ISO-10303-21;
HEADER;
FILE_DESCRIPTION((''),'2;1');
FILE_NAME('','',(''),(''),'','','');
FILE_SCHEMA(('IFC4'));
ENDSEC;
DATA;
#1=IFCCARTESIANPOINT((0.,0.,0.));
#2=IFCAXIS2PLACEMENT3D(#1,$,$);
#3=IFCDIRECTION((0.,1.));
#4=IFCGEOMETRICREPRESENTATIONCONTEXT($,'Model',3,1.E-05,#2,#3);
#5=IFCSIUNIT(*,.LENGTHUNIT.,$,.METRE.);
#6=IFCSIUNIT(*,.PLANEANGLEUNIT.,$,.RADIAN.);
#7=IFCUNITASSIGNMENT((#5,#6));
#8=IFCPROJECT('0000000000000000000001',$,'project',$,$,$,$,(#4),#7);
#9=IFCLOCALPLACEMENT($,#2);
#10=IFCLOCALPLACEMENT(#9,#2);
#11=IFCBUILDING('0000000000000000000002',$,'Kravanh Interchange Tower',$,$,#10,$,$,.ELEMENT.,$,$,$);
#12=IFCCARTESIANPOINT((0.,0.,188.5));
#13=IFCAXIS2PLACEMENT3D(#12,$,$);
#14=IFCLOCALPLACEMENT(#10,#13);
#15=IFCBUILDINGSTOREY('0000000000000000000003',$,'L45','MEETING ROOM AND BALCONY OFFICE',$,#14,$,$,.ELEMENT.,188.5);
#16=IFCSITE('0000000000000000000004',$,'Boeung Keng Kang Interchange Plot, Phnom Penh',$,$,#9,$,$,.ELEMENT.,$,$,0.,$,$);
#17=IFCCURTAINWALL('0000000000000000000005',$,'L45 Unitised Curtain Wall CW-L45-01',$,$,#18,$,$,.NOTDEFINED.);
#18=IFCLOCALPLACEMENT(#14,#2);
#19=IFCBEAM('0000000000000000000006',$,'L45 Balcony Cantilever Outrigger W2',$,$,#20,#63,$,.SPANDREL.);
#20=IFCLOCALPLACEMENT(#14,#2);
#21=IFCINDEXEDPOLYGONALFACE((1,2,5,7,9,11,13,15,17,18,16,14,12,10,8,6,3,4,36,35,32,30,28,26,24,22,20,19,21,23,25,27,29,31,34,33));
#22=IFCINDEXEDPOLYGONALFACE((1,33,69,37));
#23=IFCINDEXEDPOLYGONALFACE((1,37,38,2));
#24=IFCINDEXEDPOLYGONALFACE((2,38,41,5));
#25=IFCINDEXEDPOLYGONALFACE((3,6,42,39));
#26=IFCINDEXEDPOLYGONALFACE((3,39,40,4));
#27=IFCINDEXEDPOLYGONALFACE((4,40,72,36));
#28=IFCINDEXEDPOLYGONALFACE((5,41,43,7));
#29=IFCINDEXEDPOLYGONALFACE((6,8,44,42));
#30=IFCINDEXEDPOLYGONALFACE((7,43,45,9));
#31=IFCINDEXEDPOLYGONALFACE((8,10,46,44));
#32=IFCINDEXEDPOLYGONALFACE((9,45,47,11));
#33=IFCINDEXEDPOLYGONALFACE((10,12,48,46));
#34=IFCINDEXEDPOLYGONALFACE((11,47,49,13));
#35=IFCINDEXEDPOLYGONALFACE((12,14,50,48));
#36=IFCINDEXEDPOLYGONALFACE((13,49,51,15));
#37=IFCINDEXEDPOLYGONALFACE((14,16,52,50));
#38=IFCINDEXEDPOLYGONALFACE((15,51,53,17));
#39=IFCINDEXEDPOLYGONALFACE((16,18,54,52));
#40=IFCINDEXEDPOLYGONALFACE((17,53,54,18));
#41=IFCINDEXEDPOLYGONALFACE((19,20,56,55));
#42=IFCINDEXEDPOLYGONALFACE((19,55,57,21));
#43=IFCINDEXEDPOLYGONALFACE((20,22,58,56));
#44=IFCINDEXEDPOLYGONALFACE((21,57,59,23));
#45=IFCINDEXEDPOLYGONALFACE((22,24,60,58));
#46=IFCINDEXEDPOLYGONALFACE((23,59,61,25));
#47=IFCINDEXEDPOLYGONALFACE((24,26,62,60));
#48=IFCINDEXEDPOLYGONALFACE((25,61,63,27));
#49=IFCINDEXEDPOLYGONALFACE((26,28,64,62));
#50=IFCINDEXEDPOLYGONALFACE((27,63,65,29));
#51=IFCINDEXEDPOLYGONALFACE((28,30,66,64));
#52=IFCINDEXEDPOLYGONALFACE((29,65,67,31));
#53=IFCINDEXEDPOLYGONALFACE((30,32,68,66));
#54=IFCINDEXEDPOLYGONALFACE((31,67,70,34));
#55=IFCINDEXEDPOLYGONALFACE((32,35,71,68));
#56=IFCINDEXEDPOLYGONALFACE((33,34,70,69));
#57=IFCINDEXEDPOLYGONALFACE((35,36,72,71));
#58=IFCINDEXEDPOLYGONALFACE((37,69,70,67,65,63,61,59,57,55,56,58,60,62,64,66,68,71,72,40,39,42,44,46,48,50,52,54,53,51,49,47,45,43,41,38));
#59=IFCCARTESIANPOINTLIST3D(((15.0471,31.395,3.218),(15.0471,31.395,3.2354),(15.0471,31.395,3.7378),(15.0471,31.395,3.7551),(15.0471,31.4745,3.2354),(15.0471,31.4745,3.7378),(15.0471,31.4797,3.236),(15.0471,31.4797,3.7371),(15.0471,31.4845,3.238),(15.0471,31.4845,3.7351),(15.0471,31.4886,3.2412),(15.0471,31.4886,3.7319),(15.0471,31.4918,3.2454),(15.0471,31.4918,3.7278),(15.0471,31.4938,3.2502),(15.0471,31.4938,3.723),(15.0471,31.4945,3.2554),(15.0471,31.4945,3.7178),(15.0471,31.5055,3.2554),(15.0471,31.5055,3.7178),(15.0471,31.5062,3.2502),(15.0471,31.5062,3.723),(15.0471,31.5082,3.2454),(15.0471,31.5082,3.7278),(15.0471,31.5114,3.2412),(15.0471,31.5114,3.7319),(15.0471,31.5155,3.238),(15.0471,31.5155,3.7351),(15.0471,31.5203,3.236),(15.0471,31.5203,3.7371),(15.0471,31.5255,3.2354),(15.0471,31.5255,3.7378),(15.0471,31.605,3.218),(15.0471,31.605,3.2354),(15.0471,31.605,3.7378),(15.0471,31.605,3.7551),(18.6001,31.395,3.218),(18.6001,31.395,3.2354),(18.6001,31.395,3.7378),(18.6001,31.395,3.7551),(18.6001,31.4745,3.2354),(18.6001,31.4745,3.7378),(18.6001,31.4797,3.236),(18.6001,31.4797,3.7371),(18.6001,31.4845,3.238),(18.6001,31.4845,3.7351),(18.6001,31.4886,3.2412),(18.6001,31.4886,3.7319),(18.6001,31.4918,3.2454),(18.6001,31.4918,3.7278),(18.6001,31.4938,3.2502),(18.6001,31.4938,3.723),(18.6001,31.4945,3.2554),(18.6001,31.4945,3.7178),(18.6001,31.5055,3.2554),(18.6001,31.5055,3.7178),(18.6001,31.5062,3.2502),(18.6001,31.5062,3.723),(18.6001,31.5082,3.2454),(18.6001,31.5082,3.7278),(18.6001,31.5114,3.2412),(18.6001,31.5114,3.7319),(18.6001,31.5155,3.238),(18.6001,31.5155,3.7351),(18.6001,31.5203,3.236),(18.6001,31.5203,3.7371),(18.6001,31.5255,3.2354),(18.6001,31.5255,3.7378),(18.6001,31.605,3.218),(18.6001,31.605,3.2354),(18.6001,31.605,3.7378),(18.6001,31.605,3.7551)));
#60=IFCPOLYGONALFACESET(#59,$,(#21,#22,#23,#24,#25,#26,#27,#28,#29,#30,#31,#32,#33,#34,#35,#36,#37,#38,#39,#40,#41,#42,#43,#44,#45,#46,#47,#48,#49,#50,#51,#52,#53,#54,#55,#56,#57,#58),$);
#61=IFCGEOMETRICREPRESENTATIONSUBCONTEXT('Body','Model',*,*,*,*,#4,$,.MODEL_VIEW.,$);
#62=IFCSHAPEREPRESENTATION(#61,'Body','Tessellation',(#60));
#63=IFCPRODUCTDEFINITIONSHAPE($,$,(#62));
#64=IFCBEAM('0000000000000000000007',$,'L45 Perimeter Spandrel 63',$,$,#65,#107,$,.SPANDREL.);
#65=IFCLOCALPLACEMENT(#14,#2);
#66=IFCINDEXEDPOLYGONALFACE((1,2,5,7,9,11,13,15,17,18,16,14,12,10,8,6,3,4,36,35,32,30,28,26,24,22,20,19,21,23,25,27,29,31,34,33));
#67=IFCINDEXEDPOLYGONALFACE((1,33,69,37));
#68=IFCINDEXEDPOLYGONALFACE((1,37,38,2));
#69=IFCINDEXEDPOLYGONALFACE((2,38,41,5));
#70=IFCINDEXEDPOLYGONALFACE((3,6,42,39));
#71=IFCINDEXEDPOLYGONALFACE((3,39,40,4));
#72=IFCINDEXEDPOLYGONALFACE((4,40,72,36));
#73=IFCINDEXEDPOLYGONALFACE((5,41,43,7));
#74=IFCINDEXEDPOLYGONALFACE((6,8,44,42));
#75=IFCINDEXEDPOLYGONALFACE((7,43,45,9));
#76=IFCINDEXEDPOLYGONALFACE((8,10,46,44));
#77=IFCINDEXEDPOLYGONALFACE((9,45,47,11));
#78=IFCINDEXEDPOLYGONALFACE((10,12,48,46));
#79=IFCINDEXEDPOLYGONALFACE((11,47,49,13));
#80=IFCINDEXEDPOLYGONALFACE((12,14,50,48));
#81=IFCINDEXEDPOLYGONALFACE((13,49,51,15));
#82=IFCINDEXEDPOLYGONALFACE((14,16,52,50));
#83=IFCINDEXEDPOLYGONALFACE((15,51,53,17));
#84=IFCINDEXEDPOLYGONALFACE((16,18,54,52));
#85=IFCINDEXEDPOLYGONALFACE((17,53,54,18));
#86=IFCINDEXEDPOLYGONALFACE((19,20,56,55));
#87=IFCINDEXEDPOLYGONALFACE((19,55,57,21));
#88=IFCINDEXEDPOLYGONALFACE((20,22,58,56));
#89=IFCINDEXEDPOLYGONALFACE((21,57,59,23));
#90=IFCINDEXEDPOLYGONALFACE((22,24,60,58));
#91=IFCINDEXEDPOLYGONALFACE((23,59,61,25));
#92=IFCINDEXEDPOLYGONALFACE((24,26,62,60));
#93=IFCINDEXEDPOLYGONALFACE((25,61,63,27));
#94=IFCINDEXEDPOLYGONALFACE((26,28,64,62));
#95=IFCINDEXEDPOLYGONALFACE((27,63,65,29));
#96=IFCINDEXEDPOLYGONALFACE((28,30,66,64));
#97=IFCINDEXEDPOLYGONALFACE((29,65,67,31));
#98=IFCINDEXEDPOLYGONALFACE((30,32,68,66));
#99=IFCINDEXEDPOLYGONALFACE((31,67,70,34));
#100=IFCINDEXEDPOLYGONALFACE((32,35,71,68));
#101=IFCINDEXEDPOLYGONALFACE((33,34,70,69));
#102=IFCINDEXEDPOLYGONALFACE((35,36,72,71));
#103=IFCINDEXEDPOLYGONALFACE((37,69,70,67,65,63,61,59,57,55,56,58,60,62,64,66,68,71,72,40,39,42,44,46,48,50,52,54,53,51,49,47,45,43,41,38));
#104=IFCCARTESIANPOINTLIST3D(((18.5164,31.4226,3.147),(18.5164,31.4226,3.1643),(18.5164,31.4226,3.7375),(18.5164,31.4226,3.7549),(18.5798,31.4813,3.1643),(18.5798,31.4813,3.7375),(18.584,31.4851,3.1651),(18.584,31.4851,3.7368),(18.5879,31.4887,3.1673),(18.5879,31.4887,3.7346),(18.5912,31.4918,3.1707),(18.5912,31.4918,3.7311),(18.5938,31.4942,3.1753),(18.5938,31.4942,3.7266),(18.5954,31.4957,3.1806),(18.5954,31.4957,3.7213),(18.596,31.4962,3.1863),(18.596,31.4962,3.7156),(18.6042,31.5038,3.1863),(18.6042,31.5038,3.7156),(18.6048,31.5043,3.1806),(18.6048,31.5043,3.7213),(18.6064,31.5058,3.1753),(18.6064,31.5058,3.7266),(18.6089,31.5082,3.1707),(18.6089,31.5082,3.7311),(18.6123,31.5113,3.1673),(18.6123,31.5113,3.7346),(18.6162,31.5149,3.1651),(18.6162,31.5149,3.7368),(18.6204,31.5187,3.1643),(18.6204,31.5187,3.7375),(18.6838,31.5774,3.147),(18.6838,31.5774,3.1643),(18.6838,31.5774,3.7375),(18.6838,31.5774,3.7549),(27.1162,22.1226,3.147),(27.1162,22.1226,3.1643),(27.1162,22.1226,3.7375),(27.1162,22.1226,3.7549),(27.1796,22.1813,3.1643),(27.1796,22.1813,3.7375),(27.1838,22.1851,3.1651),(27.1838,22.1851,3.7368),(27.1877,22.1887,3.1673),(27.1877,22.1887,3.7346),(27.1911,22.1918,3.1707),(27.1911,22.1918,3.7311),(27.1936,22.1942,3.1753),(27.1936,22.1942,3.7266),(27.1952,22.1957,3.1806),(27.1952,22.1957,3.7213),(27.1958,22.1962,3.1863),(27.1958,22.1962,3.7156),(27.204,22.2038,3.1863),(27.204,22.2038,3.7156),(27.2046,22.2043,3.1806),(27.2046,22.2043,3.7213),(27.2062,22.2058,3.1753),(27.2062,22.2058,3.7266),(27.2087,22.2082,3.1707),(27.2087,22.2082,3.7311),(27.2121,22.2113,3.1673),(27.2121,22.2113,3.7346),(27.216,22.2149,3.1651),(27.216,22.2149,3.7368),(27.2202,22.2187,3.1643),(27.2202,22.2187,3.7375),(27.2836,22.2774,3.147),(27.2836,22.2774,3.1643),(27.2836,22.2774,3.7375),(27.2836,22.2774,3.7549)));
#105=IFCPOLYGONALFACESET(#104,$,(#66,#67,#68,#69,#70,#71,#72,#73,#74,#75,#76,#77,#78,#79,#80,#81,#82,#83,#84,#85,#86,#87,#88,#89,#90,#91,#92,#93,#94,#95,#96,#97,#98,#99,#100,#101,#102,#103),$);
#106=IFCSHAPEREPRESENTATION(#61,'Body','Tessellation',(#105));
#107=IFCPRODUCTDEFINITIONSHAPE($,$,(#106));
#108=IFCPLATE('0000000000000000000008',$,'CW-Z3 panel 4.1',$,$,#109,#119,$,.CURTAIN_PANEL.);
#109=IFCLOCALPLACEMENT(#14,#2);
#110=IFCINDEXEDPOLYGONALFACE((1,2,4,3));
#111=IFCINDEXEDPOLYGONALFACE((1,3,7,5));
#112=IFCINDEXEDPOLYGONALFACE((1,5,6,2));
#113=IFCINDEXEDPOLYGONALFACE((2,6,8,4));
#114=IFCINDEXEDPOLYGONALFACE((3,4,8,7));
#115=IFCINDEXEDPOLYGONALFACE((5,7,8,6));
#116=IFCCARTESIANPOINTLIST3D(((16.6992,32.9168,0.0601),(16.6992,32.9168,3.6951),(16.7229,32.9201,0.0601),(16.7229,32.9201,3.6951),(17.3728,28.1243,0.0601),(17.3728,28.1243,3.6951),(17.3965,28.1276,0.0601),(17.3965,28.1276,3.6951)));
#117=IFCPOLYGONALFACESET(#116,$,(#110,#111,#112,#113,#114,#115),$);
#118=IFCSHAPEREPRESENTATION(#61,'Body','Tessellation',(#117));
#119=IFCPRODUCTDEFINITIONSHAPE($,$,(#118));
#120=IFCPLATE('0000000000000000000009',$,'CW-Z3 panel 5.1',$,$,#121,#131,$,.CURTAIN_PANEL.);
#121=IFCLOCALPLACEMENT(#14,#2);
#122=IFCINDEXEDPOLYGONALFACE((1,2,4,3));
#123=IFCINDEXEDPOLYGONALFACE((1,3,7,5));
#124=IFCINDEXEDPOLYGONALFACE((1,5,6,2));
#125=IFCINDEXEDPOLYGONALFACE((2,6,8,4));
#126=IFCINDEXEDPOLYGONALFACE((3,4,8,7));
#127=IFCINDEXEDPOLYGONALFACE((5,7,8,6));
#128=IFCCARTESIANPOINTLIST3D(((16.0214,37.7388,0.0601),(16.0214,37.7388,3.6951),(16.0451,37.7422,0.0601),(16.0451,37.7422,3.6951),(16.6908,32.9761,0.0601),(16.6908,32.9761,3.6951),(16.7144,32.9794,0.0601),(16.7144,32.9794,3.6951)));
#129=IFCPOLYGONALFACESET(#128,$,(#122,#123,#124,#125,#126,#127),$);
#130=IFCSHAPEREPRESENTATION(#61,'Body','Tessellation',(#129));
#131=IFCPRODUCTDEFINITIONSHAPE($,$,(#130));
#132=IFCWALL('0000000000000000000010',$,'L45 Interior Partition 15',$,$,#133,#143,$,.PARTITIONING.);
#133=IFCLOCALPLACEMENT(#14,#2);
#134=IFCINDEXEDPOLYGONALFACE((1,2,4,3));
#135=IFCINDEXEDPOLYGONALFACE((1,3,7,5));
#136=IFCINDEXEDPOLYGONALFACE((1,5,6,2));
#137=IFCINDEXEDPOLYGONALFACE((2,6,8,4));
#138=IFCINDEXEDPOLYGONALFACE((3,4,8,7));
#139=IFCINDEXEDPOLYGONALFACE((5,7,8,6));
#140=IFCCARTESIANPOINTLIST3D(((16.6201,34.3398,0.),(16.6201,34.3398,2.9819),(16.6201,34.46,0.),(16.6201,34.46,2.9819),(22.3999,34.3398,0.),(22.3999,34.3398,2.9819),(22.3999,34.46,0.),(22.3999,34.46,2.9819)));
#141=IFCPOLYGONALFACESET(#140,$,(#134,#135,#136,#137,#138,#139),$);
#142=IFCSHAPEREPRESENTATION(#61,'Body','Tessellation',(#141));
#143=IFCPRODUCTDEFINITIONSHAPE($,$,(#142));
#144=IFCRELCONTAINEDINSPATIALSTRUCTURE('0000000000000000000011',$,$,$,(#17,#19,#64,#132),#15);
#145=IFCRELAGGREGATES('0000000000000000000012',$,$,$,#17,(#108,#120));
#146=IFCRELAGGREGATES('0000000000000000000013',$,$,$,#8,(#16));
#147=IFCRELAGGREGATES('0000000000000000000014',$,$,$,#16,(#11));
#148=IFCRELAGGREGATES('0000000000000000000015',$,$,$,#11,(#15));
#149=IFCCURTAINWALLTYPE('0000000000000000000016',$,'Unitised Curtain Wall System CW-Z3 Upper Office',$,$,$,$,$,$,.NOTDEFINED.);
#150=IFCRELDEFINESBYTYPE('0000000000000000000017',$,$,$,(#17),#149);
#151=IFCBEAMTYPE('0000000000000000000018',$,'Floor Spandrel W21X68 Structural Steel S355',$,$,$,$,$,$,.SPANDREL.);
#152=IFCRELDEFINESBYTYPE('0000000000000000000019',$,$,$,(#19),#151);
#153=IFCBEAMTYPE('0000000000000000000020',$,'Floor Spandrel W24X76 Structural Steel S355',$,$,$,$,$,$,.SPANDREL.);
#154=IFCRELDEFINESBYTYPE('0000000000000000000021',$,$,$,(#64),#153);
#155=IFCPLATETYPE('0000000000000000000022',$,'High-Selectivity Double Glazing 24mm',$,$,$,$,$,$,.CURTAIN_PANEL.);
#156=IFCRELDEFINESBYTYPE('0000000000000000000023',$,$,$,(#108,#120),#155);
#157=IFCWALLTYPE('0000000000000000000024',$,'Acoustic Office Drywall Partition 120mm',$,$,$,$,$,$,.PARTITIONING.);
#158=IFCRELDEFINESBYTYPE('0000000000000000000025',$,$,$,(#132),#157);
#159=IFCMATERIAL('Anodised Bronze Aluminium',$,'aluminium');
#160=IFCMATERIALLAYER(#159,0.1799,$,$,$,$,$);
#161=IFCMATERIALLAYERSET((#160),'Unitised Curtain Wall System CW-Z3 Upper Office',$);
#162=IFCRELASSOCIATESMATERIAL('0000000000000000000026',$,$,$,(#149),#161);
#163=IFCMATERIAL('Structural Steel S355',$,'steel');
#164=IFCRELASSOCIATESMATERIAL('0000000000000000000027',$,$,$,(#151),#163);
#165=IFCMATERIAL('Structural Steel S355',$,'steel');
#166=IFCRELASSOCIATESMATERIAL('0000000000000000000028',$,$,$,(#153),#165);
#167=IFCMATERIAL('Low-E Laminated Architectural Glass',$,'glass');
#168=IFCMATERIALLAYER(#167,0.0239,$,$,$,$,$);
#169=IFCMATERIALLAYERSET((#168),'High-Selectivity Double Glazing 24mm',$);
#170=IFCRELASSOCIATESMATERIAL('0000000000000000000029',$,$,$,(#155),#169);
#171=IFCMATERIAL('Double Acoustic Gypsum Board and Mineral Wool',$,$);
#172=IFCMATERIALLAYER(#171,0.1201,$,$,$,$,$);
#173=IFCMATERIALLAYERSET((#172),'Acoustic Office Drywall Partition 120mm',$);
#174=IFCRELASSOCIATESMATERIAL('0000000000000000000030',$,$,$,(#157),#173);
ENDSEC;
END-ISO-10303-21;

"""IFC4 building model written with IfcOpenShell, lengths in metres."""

from ifc_helpers import new_model, si_unit, direction, frame, frame_2d, origin, origin_2d, place, context, subcontext, project, spatial, rectangle, i_section, extrude, material, layer, layer_set, material_profile, profile_set, type_object, element, aggregate, save


model = new_model("IFC4")

# Units and contexts
model_context = context("Model", 3, precision=1e-05, world=origin(), true_north=direction((0.0, 1.0)))
body_context = subcontext(model_context, "Body", "Model", "MODEL_VIEW")
ifc_project = project(units=[si_unit("LENGTHUNIT", "METRE"), si_unit("PLANEANGLEUNIT", "RADIAN")], contexts=[model_context])

# Site, building, storey
site_placement = place(None, origin())
site = spatial("IfcSite", under=ifc_project, at=site_placement, Name="Boeung Keng Kang Interchange Plot, Phnom Penh", CompositionType="ELEMENT", RefElevation=0.0)
building_placement = place(site_placement, origin())
building = spatial("IfcBuilding", under=site, at=building_placement, Name="Kravanh Interchange Tower", CompositionType="ELEMENT")
storey_placement = place(building_placement, frame((0.0, 0.0, 188.5)))
storey = spatial("IfcBuildingStorey", under=building, at=storey_placement, Name="L45", Description="MEETING ROOM AND BALCONY OFFICE", CompositionType="ELEMENT", Elevation=188.5)

# Curtain wall
ifc_material_1 = material(Name="Anodised Bronze Aluminium", Category="aluminium")
ifc_layer_1 = layer(ifc_material_1, 0.1799)
ifc_layer_set_1 = layer_set([ifc_layer_1], Name="Unitised Curtain Wall System CW-Z3 Upper Office")
curtain_wall_type = type_object("IfcCurtainWallType", Name="Unitised Curtain Wall System CW-Z3 Upper Office", PredefinedType="NOTDEFINED", material=ifc_layer_set_1)
curtain_wall_placement = place(storey_placement, origin())
curtain_wall = element("IfcCurtainWall", 1, at=curtain_wall_placement, inside=storey, type_object=curtain_wall_type, Name="L45 Unitised Curtain Wall CW-L45-01", PredefinedType="NOTDEFINED")

# Beams
ifc_material_2 = material(Name="Structural Steel S355", Category="steel")
ifc_material_profile_1 = material_profile(ifc_material_2, i_section(OverallWidth=0.21, OverallDepth=0.5371, WebThickness=0.011, FlangeThickness=0.0173, FilletRadius=0.02, at=origin_2d()), Name="W21X68")
ifc_profile_set_1 = profile_set([ifc_material_profile_1], Name="Structural Steel S355")
beam_type_1 = type_object("IfcBeamType", Name="Floor Spandrel W21X68 Structural Steel S355", PredefinedType="SPANDREL", material=ifc_profile_set_1)
beam_1_placement = place(storey_placement, frame((18.6001, 31.5, 3.4866), z_axis=(-1.0, 0.0, 0.0), x_axis=(0.0, -1.0, 0.0)))
element("IfcBeam", 2, at=beam_1_placement, inside=storey, type_object=beam_type_1, Name="L45 Balcony Cantilever Outrigger W2", PredefinedType="SPANDREL", context=body_context, shape_type="SweptSolid", body=[
    extrude(i_section(OverallWidth=0.21, OverallDepth=0.5371, WebThickness=0.011, FlangeThickness=0.0173, FilletRadius=0.02, at=origin_2d()), origin(), (0.0, 0.0, 1.0), 3.553),
])
ifc_material_3 = material(Name="Structural Steel S355", Category="steel")
ifc_material_profile_2 = material_profile(ifc_material_3, i_section(OverallWidth=0.228, OverallDepth=0.6079, WebThickness=0.0112, FlangeThickness=0.0173, FilletRadius=0.022, at=origin_2d()), Name="W24X76")
ifc_profile_set_2 = profile_set([ifc_material_profile_2], Name="Structural Steel S355")
beam_type_2 = type_object("IfcBeamType", Name="Floor Spandrel W24X76 Structural Steel S355", PredefinedType="SPANDREL", material=ifc_profile_set_2)
beam_2_placement = place(storey_placement, frame((18.6001, 31.5, 3.4509), z_axis=(0.678927, -0.734205, 0.0), x_axis=(0.734205, 0.678927, 0.0)))
element("IfcBeam", 3, at=beam_2_placement, inside=storey, type_object=beam_type_2, Name="L45 Perimeter Spandrel 63", PredefinedType="SPANDREL", context=body_context, shape_type="SweptSolid", body=[
    extrude(i_section(OverallWidth=0.228, OverallDepth=0.6079, WebThickness=0.0112, FlangeThickness=0.0173, FilletRadius=0.022, at=origin_2d()), origin(), (0.0, 0.0, 1.0), 12.6667),
])

# Plates
ifc_material_4 = material(Name="Low-E Laminated Architectural Glass", Category="glass")
ifc_layer_2 = layer(ifc_material_4, 0.0239)
ifc_layer_set_2 = layer_set([ifc_layer_2], Name="High-Selectivity Double Glazing 24mm")
plate_type = type_object("IfcPlateType", Name="High-Selectivity Double Glazing 24mm", PredefinedType="CURTAIN_PANEL", material=ifc_layer_set_2)
plate_1_placement = place(storey_placement, frame((17.0479, 30.5222, 0.0601), z_axis=(0.0, 0.0, 1.0), x_axis=(-0.139172, 0.990268, 0.0)))
plate_1 = element("IfcPlate", 4, at=plate_1_placement, type_object=plate_type, Name="CW-Z3 panel 4.1", PredefinedType="CURTAIN_PANEL", context=body_context, shape_type="SweptSolid", body=[
    extrude(rectangle(XDim=4.8396, YDim=0.0239, at=origin_2d()), origin(), (0.0, 0.0, 1.0), 3.635),
])
plate_2_placement = place(storey_placement, frame((16.3679, 35.3591, 0.0601), z_axis=(0.0, 0.0, 1.0), x_axis=(-0.139172, 0.990268, 0.0)))
plate_2 = element("IfcPlate", 5, at=plate_2_placement, type_object=plate_type, Name="CW-Z3 panel 5.1", PredefinedType="CURTAIN_PANEL", context=body_context, shape_type="SweptSolid", body=[
    extrude(rectangle(XDim=4.8096, YDim=0.0239, at=origin_2d()), origin(), (0.0, 0.0, 1.0), 3.635),
])
aggregate(curtain_wall, [plate_1, plate_2])

# Wall
ifc_material_5 = material(Name="Double Acoustic Gypsum Board and Mineral Wool")
ifc_layer_3 = layer(ifc_material_5, 0.1201)
ifc_layer_set_3 = layer_set([ifc_layer_3], Name="Acoustic Office Drywall Partition 120mm")
wall_type = type_object("IfcWallType", Name="Acoustic Office Drywall Partition 120mm", PredefinedType="PARTITIONING", material=ifc_layer_set_3)
wall_1_placement = place(storey_placement, frame((16.6201, 34.3999, 0.0), z_axis=(0.0, 0.0, 1.0), x_axis=(1.0, 0.0, 0.0)))
element("IfcWall", 6, at=wall_1_placement, inside=storey, type_object=wall_type, Name="L45 Interior Partition 15", PredefinedType="PARTITIONING", context=body_context, shape_type="SweptSolid", body=[
    extrude(rectangle(XDim=5.7798, YDim=0.1201, at=frame_2d((2.8899, 0.0))), origin(), (0.0, 0.0, 1.0), 2.9819),
])

save(model, "model.ifc")
